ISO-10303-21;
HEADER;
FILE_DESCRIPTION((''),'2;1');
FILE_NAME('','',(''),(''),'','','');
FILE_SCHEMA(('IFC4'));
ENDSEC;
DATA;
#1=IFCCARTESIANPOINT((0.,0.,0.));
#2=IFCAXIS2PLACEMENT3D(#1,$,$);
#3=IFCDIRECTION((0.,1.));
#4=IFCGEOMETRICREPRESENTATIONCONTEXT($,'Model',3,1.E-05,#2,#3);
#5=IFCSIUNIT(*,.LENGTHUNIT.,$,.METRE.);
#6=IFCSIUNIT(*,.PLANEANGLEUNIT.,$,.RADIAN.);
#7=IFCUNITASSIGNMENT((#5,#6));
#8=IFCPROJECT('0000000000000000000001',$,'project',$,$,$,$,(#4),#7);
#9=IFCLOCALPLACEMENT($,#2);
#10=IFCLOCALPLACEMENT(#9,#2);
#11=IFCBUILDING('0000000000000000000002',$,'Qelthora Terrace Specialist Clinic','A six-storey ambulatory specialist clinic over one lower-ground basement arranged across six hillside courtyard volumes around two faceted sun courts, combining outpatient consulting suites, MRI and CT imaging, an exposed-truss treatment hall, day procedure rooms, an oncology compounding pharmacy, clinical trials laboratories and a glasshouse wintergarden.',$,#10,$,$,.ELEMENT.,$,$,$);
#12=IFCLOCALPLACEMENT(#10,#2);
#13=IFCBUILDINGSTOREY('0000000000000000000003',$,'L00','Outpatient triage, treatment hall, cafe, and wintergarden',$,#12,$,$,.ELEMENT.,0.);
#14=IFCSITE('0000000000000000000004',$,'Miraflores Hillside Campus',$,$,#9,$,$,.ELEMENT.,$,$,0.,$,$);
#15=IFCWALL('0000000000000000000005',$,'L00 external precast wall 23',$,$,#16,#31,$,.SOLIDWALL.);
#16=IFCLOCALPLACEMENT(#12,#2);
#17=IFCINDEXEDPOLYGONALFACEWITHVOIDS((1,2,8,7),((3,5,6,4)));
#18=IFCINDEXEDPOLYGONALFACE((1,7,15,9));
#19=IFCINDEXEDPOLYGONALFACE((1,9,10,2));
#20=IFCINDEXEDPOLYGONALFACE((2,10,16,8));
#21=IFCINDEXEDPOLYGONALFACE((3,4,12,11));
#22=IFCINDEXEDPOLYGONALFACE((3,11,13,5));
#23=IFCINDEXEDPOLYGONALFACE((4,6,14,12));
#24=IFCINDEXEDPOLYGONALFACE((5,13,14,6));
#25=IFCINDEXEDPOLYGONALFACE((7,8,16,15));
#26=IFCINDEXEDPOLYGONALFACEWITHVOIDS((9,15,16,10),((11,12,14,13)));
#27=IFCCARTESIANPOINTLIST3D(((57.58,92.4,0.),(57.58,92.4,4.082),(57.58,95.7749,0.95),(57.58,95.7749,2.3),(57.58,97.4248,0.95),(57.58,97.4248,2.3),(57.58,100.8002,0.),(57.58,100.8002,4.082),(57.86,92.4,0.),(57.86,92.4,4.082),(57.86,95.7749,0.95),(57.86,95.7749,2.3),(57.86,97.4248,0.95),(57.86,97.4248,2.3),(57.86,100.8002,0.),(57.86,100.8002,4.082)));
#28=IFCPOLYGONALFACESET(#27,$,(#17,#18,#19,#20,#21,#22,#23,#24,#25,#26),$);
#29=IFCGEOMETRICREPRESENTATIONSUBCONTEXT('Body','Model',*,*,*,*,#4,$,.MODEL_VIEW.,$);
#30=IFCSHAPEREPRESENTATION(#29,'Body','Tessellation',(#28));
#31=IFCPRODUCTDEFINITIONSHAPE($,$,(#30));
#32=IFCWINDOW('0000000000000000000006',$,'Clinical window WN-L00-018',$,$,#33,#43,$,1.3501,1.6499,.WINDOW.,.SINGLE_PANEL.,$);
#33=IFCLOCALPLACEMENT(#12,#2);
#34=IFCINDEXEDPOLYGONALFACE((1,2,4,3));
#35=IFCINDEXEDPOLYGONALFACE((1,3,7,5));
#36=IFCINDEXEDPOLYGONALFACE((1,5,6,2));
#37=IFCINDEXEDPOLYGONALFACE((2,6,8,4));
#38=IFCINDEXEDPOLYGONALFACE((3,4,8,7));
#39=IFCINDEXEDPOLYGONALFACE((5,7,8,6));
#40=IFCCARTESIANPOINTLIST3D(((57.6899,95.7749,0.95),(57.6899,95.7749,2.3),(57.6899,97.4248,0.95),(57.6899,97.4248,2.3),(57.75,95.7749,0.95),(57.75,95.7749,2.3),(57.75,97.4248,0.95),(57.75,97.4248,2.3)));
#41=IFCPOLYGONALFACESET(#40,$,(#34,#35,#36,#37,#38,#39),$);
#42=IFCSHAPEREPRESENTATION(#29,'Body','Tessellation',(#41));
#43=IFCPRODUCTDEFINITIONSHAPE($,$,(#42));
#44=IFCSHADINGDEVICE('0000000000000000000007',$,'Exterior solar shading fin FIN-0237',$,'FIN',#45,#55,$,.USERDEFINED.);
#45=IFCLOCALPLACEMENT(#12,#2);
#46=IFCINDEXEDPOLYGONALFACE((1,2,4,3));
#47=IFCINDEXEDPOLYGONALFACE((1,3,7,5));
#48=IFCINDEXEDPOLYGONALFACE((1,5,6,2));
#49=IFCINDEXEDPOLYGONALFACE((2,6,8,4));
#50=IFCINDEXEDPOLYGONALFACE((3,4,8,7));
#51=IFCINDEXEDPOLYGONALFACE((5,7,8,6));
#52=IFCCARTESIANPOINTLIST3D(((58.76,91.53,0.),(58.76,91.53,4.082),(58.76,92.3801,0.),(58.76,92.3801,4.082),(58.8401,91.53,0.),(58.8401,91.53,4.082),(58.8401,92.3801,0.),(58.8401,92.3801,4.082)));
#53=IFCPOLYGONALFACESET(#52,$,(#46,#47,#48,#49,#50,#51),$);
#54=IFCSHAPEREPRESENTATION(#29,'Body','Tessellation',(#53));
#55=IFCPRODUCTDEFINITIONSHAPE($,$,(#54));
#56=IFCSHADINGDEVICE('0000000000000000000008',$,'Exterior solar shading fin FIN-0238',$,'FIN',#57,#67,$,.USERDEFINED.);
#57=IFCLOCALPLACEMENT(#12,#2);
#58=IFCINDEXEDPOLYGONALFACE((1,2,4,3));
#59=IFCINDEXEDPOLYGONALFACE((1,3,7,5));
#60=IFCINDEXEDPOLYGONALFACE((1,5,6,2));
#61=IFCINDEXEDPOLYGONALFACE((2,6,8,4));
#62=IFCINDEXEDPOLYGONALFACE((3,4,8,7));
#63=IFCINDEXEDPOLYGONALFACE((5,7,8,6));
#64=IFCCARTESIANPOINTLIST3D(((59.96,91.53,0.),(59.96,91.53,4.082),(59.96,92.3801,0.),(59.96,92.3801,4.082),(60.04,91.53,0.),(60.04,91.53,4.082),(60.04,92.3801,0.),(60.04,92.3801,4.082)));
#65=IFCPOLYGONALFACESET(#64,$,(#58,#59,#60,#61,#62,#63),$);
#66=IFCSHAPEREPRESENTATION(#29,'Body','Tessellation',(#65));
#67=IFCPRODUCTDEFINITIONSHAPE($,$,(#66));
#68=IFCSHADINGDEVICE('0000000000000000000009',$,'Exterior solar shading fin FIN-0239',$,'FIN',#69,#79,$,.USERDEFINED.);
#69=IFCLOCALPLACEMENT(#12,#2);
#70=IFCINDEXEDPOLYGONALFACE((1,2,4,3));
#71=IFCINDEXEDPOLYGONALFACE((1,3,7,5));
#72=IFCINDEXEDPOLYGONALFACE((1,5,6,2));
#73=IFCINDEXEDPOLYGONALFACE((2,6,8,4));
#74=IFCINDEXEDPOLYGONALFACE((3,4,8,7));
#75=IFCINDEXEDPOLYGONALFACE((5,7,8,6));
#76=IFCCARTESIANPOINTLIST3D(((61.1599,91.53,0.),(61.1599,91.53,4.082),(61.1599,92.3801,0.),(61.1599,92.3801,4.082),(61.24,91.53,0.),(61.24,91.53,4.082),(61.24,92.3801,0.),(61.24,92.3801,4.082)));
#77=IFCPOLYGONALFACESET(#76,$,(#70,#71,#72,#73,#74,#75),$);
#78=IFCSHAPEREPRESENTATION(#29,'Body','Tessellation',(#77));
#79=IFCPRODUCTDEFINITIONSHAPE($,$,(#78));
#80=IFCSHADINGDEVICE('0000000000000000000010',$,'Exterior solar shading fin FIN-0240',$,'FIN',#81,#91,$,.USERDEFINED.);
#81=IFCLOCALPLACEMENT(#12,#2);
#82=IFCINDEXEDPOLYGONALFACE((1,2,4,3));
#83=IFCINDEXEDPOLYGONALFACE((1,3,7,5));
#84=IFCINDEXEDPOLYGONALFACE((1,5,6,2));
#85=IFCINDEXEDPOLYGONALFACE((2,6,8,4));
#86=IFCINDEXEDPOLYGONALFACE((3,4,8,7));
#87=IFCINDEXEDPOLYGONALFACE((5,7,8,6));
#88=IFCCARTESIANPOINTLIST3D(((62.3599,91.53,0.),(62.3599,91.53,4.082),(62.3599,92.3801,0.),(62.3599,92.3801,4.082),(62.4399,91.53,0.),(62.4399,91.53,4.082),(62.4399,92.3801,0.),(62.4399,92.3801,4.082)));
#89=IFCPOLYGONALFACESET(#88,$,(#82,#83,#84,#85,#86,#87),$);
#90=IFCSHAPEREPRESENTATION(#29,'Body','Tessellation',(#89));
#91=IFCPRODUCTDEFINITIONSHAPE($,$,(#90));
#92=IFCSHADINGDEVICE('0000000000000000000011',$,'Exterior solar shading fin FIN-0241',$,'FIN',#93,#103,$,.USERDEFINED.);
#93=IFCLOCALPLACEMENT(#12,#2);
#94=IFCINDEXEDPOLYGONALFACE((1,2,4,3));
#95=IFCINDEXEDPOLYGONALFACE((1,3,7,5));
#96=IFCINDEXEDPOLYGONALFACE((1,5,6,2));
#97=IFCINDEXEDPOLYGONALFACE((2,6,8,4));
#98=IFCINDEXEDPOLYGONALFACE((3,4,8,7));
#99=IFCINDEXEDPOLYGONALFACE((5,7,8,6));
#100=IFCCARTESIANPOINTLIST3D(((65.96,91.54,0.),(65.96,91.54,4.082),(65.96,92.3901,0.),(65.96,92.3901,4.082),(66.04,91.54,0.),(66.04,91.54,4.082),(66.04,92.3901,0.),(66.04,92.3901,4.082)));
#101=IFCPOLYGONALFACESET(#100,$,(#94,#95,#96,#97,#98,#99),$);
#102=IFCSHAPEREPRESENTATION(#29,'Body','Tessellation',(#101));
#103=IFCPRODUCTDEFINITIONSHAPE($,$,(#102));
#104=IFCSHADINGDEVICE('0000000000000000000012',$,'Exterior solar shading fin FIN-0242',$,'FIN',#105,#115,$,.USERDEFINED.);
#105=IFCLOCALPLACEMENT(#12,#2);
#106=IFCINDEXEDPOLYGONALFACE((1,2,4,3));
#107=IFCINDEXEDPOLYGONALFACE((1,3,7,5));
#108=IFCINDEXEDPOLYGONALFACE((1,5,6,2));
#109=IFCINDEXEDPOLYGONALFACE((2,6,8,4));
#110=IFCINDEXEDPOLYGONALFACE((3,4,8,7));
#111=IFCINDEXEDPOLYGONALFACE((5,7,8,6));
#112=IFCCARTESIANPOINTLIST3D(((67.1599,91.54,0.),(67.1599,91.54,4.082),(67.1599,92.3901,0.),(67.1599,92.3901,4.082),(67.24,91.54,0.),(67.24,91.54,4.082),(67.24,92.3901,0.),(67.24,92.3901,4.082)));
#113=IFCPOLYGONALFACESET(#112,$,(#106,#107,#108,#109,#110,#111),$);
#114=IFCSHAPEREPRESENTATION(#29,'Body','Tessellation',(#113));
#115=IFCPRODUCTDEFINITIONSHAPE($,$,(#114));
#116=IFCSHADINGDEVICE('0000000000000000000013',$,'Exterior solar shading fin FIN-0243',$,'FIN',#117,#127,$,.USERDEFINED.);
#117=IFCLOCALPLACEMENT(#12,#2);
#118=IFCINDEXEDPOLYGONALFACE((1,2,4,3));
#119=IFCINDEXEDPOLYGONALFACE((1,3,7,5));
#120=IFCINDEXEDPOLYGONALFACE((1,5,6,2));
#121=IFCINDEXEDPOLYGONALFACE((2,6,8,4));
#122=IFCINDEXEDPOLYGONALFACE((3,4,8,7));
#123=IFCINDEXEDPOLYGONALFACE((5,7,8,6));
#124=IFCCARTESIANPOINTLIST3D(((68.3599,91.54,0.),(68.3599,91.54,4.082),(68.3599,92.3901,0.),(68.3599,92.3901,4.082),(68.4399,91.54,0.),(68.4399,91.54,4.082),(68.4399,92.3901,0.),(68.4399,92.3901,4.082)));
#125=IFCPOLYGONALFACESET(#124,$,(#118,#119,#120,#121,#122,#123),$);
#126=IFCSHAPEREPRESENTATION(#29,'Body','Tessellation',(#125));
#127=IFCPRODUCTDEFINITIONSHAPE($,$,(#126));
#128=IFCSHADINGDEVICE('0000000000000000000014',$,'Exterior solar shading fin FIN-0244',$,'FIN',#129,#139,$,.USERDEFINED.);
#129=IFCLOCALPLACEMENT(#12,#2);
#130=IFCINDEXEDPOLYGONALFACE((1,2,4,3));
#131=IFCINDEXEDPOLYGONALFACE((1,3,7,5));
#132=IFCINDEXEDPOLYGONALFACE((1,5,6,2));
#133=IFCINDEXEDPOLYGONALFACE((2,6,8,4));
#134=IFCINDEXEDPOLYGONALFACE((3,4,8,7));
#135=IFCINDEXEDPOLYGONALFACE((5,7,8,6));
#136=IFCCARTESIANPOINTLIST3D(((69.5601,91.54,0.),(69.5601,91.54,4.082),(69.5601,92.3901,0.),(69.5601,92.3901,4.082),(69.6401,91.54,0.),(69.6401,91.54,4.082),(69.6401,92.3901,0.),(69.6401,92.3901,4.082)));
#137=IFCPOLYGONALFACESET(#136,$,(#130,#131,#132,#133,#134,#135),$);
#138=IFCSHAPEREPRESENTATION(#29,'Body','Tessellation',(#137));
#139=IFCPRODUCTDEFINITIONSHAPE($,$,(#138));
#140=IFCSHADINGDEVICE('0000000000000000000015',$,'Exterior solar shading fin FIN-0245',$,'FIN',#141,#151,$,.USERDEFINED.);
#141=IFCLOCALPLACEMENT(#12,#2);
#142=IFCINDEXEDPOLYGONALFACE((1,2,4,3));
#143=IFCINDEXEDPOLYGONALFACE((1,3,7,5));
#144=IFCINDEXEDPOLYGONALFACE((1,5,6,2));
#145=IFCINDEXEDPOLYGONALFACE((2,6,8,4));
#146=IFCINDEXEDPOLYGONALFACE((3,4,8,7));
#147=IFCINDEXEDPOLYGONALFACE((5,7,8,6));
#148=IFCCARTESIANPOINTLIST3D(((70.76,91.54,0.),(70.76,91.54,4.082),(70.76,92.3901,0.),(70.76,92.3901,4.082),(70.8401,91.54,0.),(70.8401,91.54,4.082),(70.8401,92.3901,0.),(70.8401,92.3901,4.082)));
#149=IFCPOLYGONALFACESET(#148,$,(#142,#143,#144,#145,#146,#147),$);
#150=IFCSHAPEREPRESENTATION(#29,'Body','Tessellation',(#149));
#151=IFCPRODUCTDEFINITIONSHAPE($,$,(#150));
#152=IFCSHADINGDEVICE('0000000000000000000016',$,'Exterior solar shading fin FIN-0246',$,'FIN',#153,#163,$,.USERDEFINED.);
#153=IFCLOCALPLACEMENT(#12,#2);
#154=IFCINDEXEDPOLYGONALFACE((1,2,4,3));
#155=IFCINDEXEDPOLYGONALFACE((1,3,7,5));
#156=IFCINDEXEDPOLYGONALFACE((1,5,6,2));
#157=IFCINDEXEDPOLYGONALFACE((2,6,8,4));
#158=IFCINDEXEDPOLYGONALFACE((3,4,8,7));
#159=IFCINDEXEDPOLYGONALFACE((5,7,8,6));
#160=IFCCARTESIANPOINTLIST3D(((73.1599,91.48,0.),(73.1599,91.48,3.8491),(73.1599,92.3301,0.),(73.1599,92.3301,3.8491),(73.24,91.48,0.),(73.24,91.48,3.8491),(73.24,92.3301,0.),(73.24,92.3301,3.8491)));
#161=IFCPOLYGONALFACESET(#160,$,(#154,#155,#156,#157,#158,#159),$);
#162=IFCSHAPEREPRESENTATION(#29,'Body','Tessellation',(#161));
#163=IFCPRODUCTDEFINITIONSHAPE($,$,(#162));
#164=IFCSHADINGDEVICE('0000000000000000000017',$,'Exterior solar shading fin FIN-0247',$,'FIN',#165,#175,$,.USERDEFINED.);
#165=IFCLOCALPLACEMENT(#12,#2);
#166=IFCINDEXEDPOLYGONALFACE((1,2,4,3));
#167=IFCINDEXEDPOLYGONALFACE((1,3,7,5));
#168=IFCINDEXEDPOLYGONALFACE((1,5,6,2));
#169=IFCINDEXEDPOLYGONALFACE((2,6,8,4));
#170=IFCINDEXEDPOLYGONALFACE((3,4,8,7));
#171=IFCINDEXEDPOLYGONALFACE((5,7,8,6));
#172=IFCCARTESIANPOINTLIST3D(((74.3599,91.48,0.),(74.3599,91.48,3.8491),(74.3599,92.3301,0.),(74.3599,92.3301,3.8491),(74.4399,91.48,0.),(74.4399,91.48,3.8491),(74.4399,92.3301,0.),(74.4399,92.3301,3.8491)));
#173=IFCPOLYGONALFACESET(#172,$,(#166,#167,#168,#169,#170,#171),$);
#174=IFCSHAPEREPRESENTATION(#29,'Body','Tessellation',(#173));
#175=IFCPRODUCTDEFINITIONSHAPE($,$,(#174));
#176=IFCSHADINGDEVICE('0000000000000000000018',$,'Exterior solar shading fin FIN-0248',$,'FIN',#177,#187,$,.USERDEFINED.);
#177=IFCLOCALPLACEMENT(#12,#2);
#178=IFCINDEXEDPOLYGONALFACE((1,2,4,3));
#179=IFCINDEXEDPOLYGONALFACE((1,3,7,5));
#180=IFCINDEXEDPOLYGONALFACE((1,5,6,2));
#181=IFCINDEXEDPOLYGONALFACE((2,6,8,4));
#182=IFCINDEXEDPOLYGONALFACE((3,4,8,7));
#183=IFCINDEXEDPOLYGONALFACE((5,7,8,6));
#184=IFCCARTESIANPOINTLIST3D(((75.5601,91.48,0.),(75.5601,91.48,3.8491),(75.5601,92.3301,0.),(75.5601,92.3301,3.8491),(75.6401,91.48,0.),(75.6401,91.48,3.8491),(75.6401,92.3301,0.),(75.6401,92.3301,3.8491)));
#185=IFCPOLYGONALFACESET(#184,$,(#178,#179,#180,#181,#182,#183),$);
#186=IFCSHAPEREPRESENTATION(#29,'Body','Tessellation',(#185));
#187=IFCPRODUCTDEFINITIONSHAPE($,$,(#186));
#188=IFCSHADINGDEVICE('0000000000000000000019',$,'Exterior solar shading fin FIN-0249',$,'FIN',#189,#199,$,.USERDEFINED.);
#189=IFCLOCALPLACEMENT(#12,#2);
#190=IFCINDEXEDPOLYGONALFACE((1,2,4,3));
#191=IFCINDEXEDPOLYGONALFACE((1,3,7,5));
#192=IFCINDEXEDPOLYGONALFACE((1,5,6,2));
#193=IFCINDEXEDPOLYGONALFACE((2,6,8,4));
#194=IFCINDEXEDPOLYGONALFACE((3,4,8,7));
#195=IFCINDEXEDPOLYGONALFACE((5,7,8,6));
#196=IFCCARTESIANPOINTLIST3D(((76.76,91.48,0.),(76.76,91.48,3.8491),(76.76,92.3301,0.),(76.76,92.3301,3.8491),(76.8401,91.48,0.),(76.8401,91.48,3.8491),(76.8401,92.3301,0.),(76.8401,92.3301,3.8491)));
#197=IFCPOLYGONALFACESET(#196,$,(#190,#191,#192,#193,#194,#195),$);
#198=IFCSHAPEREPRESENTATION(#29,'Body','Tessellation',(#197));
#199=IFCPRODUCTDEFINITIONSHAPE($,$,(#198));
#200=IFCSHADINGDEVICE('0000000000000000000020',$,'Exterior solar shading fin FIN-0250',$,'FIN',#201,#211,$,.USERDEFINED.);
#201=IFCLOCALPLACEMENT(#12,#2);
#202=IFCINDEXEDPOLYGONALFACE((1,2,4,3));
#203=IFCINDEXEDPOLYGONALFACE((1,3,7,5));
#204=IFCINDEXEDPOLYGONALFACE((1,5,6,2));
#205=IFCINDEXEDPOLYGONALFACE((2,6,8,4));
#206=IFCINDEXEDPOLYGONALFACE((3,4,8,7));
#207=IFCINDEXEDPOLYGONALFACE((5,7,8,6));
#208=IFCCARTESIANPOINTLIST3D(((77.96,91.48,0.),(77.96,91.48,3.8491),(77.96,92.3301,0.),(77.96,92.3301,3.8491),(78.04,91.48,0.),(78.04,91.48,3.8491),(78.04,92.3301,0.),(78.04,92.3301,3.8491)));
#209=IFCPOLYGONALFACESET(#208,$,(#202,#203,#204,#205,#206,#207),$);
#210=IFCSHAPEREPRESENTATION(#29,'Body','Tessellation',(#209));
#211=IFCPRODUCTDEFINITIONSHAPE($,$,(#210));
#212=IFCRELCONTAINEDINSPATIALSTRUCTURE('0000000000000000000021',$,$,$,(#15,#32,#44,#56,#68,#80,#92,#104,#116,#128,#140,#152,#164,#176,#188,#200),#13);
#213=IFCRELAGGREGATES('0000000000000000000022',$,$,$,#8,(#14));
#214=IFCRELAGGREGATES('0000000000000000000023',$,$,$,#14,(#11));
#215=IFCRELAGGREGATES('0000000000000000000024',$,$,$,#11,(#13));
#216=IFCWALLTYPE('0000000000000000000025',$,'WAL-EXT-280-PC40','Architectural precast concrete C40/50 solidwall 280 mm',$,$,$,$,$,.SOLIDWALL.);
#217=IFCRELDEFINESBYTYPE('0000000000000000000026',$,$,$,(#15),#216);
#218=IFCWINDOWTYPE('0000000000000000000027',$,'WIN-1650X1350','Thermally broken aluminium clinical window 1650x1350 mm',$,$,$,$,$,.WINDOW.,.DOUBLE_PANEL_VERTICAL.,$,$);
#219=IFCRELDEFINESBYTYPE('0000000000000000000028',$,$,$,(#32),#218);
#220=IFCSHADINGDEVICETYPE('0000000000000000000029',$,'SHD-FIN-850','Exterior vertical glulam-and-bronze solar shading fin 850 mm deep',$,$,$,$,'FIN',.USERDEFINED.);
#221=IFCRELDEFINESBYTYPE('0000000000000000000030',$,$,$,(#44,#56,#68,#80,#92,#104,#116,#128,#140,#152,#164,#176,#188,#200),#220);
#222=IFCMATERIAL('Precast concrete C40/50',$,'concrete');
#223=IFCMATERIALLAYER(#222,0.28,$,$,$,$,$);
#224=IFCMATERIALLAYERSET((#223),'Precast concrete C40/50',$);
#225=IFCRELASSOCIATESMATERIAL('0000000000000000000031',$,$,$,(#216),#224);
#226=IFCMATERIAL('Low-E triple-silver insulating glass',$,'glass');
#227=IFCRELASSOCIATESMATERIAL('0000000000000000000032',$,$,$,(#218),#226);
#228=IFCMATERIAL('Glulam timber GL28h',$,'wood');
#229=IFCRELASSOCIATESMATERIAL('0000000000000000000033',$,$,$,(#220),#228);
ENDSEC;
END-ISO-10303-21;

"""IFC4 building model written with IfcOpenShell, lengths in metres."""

from ifc_helpers import new_model, si_unit, direction, frame, frame_2d, origin, origin_2d, place, context, subcontext, project, spatial, rectangle, extrude, material, layer, layer_set, type_object, element, fill, save


model = new_model("IFC4")

# Units and contexts
model_context = context("Model", 3, precision=1e-05, world=origin(), true_north=direction((0.0, 1.0)))
body_context = subcontext(model_context, "Body", "Model", "MODEL_VIEW")
ifc_project = project(units=[si_unit("LENGTHUNIT", "METRE"), si_unit("PLANEANGLEUNIT", "RADIAN")], contexts=[model_context])

# Site, building, storey
site_placement = place(None, origin())
site = spatial("IfcSite", under=ifc_project, at=site_placement, Name="Miraflores Hillside Campus", CompositionType="ELEMENT", RefElevation=0.0)
building_placement = place(site_placement, origin())
building = spatial("IfcBuilding", under=site, at=building_placement, Name="Qelthora Terrace Specialist Clinic", Description="A six-storey ambulatory specialist clinic over one lower-ground basement arranged across six hillside courtyard volumes around two faceted sun courts, combining outpatient consulting suites, MRI and CT imaging, an exposed-truss treatment hall, day procedure rooms, an oncology compounding pharmacy, clinical trials laboratories and a glasshouse wintergarden.", CompositionType="ELEMENT")
storey_placement = place(building_placement, origin())
storey = spatial("IfcBuildingStorey", under=building, at=storey_placement, Name="L00", Description="Outpatient triage, treatment hall, cafe, and wintergarden", CompositionType="ELEMENT", Elevation=0.0)

# Wall, opening, window
ifc_material_1 = material(Name="Precast concrete C40/50", Category="concrete")
ifc_layer_1 = layer(ifc_material_1, 0.28)
ifc_layer_set_1 = layer_set([ifc_layer_1], Name="Precast concrete C40/50")
wall_type = type_object("IfcWallType", Name="WAL-EXT-280-PC40", Description="Architectural precast concrete C40/50 solidwall 280 mm", PredefinedType="SOLIDWALL", material=ifc_layer_set_1)
wall_placement = place(storey_placement, frame((57.72, 92.3999, 0.0), z_axis=(0.0, 0.0, 1.0), x_axis=(0.0, 1.0, 0.0)))
wall = element("IfcWall", 1, at=wall_placement, inside=storey, type_object=wall_type, Name="L00 external precast wall 23", PredefinedType="SOLIDWALL", context=body_context, shape_type="SweptSolid", body=[
    extrude(rectangle(XDim=8.4001, YDim=0.28, at=frame_2d((4.2002, 0.0))), origin(), (0.0, 0.0, 1.0), 4.082),
])
opening_placement = place(wall_placement, frame((3.375, 0.0, 0.95)))
opening = element("IfcOpeningElement", 2, at=opening_placement, cuts=wall, PredefinedType="OPENING", context=body_context, shape_type="SweptSolid", body=[
    extrude(rectangle(XDim=1.6499, YDim=1.3501, at=frame_2d((0.825, 0.675))), frame((0.0, 0.1499, 0.0), z_axis=(0.0, -1.0, 0.0), x_axis=(1.0, 0.0, 0.0)), (0.0, 0.0, 1.0), 0.3),
])
ifc_material_2 = material(Name="Low-E triple-silver insulating glass", Category="glass")
window_type = type_object("IfcWindowType", Name="WIN-1650X1350", Description="Thermally broken aluminium clinical window 1650x1350 mm", PartitioningType="DOUBLE_PANEL_VERTICAL", PredefinedType="WINDOW", material=ifc_material_2)
window_placement = place(opening_placement, origin())
window = element("IfcWindow", 3, at=window_placement, inside=storey, type_object=window_type, Name="Clinical window WN-L00-018", OverallHeight=1.3501, OverallWidth=1.6499, PartitioningType="SINGLE_PANEL", PredefinedType="WINDOW", context=body_context, shape_type="SweptSolid", body=[
    extrude(rectangle(XDim=1.6499, YDim=1.3501, at=frame_2d((0.825, 0.675))), frame((0.0, 0.03, 0.0), z_axis=(0.0, -1.0, 0.0), x_axis=(1.0, 0.0, 0.0)), (0.0, 0.0, 1.0), 0.0601),
])
fill(opening, window)

# Shading devices
ifc_material_3 = material(Name="Glulam timber GL28h", Category="wood")
shading_device_type = type_object("IfcShadingDeviceType", Name="SHD-FIN-850", Description="Exterior vertical glulam-and-bronze solar shading fin 850 mm deep", ElementType="FIN", PredefinedType="USERDEFINED", material=ifc_material_3)
for number, where, z_axis, x_axis, name in (
    (4, (58.8, 91.9551, 0.0), (0.0, 0.0, 1.0), (0.0, -1.0, 0.0), "Exterior solar shading fin FIN-0237"),
    (5, (60.0, 91.9551, 0.0), (0.0, 0.0, 1.0), (0.0, -1.0, 0.0), "Exterior solar shading fin FIN-0238"),
    (6, (61.2, 91.9551, 0.0), (0.0, 0.0, 1.0), (0.0, -1.0, 0.0), "Exterior solar shading fin FIN-0239"),
    (7, (62.3999, 91.9551, 0.0), (0.0, 0.0, 1.0), (0.0, -1.0, 0.0), "Exterior solar shading fin FIN-0240"),
    (8, (66.0, 91.9651, 0.0), (0.0, 0.0, 1.0), (0.0, -1.0, 0.0), "Exterior solar shading fin FIN-0241"),
    (9, (67.2, 91.9651, 0.0), (0.0, 0.0, 1.0), (0.0, -1.0, 0.0), "Exterior solar shading fin FIN-0242"),
    (10, (68.3999, 91.9651, 0.0), (0.0, 0.0, 1.0), (0.0, -1.0, 0.0), "Exterior solar shading fin FIN-0243"),
    (11, (69.6001, 91.9651, 0.0), (0.0, 0.0, 1.0), (0.0, -1.0, 0.0), "Exterior solar shading fin FIN-0244"),
    (12, (70.8, 91.9651, 0.0), (0.0, 0.0, 1.0), (0.0, -1.0, 0.0), "Exterior solar shading fin FIN-0245"),
):
    element("IfcShadingDevice", number, at=place(storey_placement, frame(where, z_axis=z_axis, x_axis=x_axis)), inside=storey, type_object=shading_device_type, Name=name, ObjectType="FIN", PredefinedType="USERDEFINED", context=body_context, shape_type="SweptSolid", body=[
        extrude(rectangle(XDim=0.8501, YDim=0.0801, at=origin_2d()), origin(), (0.0, 0.0, 1.0), 4.082),
    ])
for number, where, z_axis, x_axis, name in (
    (13, (73.2, 91.905, 0.0), (0.0, 0.0, 1.0), (0.0, -1.0, 0.0), "Exterior solar shading fin FIN-0246"),
    (14, (74.3999, 91.905, 0.0), (0.0, 0.0, 1.0), (0.0, -1.0, 0.0), "Exterior solar shading fin FIN-0247"),
    (15, (75.6001, 91.905, 0.0), (0.0, 0.0, 1.0), (0.0, -1.0, 0.0), "Exterior solar shading fin FIN-0248"),
    (16, (76.8, 91.905, 0.0), (0.0, 0.0, 1.0), (0.0, -1.0, 0.0), "Exterior solar shading fin FIN-0249"),
    (17, (78.0, 91.905, 0.0), (0.0, 0.0, 1.0), (0.0, -1.0, 0.0), "Exterior solar shading fin FIN-0250"),
):
    element("IfcShadingDevice", number, at=place(storey_placement, frame(where, z_axis=z_axis, x_axis=x_axis)), inside=storey, type_object=shading_device_type, Name=name, ObjectType="FIN", PredefinedType="USERDEFINED", context=body_context, shape_type="SweptSolid", body=[
        extrude(rectangle(XDim=0.8501, YDim=0.0801, at=origin_2d()), origin(), (0.0, 0.0, 1.0), 3.8491),
    ])

save(model, "model.ifc")
